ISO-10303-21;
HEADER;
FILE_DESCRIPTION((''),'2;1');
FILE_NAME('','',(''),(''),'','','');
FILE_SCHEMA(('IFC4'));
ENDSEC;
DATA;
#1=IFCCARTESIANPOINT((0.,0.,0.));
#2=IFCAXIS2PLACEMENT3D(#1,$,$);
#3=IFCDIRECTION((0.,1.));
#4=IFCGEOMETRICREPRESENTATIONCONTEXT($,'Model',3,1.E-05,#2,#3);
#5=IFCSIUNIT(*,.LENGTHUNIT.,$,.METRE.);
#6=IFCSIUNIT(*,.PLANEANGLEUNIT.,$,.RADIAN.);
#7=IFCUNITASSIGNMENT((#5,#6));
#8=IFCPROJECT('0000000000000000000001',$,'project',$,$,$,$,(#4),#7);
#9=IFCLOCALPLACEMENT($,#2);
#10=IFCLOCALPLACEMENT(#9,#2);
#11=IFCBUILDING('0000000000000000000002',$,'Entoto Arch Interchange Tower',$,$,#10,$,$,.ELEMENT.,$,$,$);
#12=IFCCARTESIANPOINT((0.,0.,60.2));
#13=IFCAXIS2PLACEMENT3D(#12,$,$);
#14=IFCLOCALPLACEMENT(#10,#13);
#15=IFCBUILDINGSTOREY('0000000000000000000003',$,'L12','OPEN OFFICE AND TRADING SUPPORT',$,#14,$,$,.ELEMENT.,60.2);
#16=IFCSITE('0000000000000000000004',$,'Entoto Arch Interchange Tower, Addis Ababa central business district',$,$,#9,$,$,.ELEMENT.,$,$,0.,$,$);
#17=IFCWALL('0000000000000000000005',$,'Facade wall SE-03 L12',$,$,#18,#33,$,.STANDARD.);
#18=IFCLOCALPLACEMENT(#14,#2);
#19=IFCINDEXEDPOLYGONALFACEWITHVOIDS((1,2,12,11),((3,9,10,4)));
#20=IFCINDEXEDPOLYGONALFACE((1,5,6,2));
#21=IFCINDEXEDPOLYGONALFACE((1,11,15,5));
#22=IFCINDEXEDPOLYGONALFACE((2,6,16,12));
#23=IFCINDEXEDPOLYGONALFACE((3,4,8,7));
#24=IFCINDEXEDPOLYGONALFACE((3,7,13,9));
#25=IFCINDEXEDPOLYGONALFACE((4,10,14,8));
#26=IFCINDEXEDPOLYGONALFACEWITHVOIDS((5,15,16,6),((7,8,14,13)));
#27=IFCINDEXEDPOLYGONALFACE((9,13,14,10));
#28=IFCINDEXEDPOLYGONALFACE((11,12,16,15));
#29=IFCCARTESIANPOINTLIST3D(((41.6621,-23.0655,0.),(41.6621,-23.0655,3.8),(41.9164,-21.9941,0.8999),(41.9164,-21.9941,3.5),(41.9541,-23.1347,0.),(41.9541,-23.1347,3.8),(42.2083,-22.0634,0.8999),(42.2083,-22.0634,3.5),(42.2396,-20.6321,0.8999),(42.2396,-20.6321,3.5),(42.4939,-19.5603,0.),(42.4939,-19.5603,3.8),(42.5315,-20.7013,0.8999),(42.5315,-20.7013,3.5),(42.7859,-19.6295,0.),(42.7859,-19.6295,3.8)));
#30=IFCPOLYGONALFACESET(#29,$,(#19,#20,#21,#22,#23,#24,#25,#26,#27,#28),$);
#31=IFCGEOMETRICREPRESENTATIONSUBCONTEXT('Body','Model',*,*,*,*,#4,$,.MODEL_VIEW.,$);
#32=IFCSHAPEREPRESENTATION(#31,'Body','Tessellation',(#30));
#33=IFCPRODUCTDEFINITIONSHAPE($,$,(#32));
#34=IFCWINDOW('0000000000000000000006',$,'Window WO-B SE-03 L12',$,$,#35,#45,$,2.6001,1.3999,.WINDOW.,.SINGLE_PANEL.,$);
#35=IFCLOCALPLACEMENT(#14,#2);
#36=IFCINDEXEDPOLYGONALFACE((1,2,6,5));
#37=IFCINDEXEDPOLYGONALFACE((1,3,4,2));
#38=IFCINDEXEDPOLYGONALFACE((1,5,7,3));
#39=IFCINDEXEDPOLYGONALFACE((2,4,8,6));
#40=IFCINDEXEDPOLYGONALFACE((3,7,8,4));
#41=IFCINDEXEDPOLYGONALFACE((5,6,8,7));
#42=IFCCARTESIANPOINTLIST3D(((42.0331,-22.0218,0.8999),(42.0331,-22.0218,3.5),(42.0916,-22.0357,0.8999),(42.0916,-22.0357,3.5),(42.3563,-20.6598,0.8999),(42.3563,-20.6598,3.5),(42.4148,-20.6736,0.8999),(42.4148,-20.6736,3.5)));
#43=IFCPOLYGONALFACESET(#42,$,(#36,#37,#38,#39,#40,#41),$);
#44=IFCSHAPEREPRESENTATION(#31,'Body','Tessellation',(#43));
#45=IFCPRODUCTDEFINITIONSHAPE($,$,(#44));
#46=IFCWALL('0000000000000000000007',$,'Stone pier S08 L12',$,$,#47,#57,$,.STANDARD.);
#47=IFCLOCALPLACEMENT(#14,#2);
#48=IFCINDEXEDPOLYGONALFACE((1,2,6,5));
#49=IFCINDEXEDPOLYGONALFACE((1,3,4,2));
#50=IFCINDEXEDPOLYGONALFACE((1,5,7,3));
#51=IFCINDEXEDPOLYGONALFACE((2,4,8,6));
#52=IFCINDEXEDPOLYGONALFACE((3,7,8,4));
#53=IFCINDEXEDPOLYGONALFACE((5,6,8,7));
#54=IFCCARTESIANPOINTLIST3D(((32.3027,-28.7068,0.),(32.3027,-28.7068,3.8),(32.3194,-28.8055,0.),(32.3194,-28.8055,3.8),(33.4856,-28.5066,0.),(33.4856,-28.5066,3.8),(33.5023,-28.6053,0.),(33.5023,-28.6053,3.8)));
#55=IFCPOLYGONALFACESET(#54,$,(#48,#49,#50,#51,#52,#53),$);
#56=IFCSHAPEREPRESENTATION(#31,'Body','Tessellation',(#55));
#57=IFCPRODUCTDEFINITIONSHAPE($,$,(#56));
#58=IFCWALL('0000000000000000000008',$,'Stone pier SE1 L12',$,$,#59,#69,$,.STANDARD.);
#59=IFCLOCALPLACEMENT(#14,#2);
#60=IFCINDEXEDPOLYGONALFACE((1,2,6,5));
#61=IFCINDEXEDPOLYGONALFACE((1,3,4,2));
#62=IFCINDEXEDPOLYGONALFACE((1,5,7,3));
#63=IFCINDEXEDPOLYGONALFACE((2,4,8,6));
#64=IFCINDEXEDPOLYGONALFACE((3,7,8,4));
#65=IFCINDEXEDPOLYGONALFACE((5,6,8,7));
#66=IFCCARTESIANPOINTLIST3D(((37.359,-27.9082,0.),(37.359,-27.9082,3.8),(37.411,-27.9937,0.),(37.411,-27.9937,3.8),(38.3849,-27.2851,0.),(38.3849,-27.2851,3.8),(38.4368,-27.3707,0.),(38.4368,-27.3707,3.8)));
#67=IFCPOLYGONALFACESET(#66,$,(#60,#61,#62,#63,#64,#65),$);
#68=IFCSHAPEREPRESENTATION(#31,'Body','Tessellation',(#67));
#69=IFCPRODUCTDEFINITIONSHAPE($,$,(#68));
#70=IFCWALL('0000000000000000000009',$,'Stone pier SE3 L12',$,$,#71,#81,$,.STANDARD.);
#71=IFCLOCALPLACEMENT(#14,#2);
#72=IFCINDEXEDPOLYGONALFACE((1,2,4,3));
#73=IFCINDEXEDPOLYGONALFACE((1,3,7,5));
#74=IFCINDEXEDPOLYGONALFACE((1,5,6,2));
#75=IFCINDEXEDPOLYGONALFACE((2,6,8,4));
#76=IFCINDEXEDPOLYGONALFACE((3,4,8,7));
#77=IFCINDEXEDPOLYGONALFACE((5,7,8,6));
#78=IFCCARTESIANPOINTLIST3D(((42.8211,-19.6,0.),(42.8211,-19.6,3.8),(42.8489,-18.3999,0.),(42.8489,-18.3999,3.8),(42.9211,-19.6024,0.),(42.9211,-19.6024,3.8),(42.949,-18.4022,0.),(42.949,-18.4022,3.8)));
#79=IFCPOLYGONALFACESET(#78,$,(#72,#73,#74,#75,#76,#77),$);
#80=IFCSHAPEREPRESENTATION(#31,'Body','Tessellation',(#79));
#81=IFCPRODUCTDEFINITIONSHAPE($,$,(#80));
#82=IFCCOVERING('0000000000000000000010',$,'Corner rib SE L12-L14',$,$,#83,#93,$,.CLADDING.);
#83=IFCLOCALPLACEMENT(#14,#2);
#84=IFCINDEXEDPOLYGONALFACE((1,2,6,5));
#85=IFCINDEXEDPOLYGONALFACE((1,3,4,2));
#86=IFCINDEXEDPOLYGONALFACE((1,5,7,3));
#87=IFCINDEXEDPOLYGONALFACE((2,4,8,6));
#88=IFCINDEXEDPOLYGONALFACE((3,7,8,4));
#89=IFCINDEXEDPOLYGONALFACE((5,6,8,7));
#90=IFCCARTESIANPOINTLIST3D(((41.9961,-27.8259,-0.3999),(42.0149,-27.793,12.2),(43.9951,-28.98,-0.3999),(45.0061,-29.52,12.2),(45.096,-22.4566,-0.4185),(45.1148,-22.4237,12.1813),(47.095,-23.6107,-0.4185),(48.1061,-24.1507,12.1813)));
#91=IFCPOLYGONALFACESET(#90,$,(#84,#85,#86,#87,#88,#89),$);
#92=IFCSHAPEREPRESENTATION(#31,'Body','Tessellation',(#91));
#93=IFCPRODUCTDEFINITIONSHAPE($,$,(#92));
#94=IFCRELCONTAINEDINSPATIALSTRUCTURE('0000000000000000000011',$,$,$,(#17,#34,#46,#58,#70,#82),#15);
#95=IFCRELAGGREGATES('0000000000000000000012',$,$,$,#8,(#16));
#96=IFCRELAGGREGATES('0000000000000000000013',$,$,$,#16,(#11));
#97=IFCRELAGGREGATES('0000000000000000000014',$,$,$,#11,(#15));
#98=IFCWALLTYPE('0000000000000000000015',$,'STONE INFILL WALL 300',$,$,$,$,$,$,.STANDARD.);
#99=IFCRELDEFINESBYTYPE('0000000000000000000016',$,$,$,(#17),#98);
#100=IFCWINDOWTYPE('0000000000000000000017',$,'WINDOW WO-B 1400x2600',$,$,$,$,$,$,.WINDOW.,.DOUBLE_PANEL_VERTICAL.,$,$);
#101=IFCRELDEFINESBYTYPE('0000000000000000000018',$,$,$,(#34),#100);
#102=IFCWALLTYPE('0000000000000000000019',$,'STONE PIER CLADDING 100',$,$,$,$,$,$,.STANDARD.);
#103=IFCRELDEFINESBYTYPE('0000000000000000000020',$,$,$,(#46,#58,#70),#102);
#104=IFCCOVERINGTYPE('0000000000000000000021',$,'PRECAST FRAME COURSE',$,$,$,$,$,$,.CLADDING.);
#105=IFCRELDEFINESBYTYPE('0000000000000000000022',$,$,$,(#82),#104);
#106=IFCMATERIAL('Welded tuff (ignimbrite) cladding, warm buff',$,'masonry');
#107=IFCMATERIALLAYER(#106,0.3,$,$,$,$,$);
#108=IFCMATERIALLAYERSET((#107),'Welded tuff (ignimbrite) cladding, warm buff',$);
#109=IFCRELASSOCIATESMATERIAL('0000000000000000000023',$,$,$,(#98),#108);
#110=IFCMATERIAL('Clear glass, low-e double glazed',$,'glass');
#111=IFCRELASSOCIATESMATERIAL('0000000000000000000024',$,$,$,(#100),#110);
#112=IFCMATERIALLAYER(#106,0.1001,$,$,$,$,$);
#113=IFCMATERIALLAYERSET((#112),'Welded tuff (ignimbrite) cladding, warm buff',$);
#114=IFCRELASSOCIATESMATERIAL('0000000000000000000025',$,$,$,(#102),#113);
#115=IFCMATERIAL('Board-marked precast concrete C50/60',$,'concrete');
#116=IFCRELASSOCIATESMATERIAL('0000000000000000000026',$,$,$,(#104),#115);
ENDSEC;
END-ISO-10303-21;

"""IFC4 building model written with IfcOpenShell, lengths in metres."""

from ifc_helpers import new_model, si_unit, direction, frame, frame_2d, origin, place, context, subcontext, project, spatial, polyline, rectangle, outline, extrude, material, layer, layer_set, type_object, element, fill, save


model = new_model("IFC4")

# Units and contexts
model_context = context("Model", 3, precision=1e-05, world=origin(), true_north=direction((0.0, 1.0)))
body_context = subcontext(model_context, "Body", "Model", "MODEL_VIEW")
ifc_project = project(units=[si_unit("LENGTHUNIT", "METRE"), si_unit("PLANEANGLEUNIT", "RADIAN")], contexts=[model_context])

# Site, building, storey
site_placement = place(None, origin())
site = spatial("IfcSite", under=ifc_project, at=site_placement, Name="Entoto Arch Interchange Tower, Addis Ababa central business district", CompositionType="ELEMENT", RefElevation=0.0)
building_placement = place(site_placement, origin())
building = spatial("IfcBuilding", under=site, at=building_placement, Name="Entoto Arch Interchange Tower", CompositionType="ELEMENT")
storey_placement = place(building_placement, frame((0.0, 0.0, 60.2)))
storey = spatial("IfcBuildingStorey", under=building, at=storey_placement, Name="L12", Description="OPEN OFFICE AND TRADING SUPPORT", CompositionType="ELEMENT", Elevation=60.2)

# Wall, opening, window
ifc_material_1 = material(Name="Welded tuff (ignimbrite) cladding, warm buff", Category="masonry")
ifc_layer_1 = layer(ifc_material_1, 0.3)
ifc_layer_set_1 = layer_set([ifc_layer_1], Name="Welded tuff (ignimbrite) cladding, warm buff")
wall_type_1 = type_object("IfcWallType", Name="STONE INFILL WALL 300", PredefinedType="STANDARD", material=ifc_layer_set_1)
ifc_material_2 = material(Name="Clear glass, low-e double glazed", Category="glass")
window_type = type_object("IfcWindowType", Name="WINDOW WO-B 1400x2600", PartitioningType="DOUBLE_PANEL_VERTICAL", PredefinedType="WINDOW", material=ifc_material_2)
wall_1_placement = place(storey_placement, frame((41.8081, -23.1001, 0.0), z_axis=(0.0, 0.0, 1.0), x_axis=(0.230894, 0.972979, 0.0)))
wall_1 = element("IfcWall", 1, at=wall_1_placement, inside=storey, type_object=wall_type_1, Name="Facade wall SE-03 L12", PredefinedType="STANDARD", context=body_context, shape_type="SweptSolid", body=[
    extrude(rectangle(XDim=3.6025, YDim=0.3, at=frame_2d((1.8013, 0.0))), origin(), (0.0, 0.0, 1.0), 3.8),
])
opening_1_placement = place(wall_1_placement, frame((1.1011, 0.0, 0.8999)))
opening_1 = element("IfcOpeningElement", 2, at=opening_1_placement, cuts=wall_1, PredefinedType="OPENING", context=body_context, shape_type="SweptSolid", body=[
    extrude(rectangle(XDim=1.3999, YDim=2.6001, at=frame_2d((0.7, 1.3))), frame((0.0, 0.1602, 0.0), z_axis=(0.0, -1.0, 0.0), x_axis=(1.0, 0.0, 0.0)), (0.0, 0.0, 1.0), 0.3201),
])
window_1_placement = place(opening_1_placement, origin())
window_1 = element("IfcWindow", 3, at=window_1_placement, inside=storey, type_object=window_type, Name="Window WO-B SE-03 L12", OverallHeight=2.6001, OverallWidth=1.3999, PartitioningType="SINGLE_PANEL", PredefinedType="WINDOW", context=body_context, shape_type="SweptSolid", body=[
    extrude(rectangle(XDim=1.3999, YDim=2.6001, at=frame_2d((0.7, 1.3))), frame((0.0, 0.03, 0.0), z_axis=(0.0, -1.0, 0.0), x_axis=(1.0, 0.0, 0.0)), (0.0, 0.0, 1.0), 0.0601),
])
fill(opening_1, window_1)

# Walls
ifc_layer_2 = layer(ifc_material_1, 0.1001)
ifc_layer_set_2 = layer_set([ifc_layer_2], Name="Welded tuff (ignimbrite) cladding, warm buff")
wall_type_2 = type_object("IfcWallType", Name="STONE PIER CLADDING 100", PredefinedType="STANDARD", material=ifc_layer_set_2)
wall_2_placement = place(storey_placement, frame((32.311, -28.7561, 0.0), z_axis=(0.0, 0.0, 1.0), x_axis=(0.985978, 0.166874, 0.0)))
element("IfcWall", 4, at=wall_2_placement, inside=storey, type_object=wall_type_2, Name="Stone pier S08 L12", PredefinedType="STANDARD", context=body_context, shape_type="SweptSolid", body=[
    extrude(rectangle(XDim=1.1997, YDim=0.1001, at=frame_2d((0.5999, 0.0))), origin(), (0.0, 0.0, 1.0), 3.8),
])
wall_3_placement = place(storey_placement, frame((37.385, -27.9509, 0.0), z_axis=(0.0, 0.0, 1.0), x_axis=(0.854717, 0.519095, 0.0)))
element("IfcWall", 5, at=wall_3_placement, inside=storey, type_object=wall_type_2, Name="Stone pier SE1 L12", PredefinedType="STANDARD", context=body_context, shape_type="SweptSolid", body=[
    extrude(rectangle(XDim=1.2002, YDim=0.1001, at=frame_2d((0.6001, 0.0))), origin(), (0.0, 0.0, 1.0), 3.8),
])
wall_4_placement = place(storey_placement, frame((42.8711, -19.6011, 0.0), z_axis=(0.0, 0.0, 1.0), x_axis=(0.023183, 0.999731, 0.0)))
element("IfcWall", 6, at=wall_4_placement, inside=storey, type_object=wall_type_2, Name="Stone pier SE3 L12", PredefinedType="STANDARD", context=body_context, shape_type="SweptSolid", body=[
    extrude(rectangle(XDim=1.2004, YDim=0.1001, at=frame_2d((0.6001, 0.0))), origin(), (0.0, 0.0, 1.0), 3.8),
])

# Covering
ifc_material_3 = material(Name="Board-marked precast concrete C50/60", Category="concrete")
covering_type = type_object("IfcCoveringType", Name="PRECAST FRAME COURSE", PredefinedType="CLADDING", material=ifc_material_3)
covering_placement = place(storey_placement, frame((41.9961, -27.8259, -0.3999), z_axis=(-0.499996, -0.866022, 0.003006), x_axis=(0.866026, -0.499999, 0.0)))
element("IfcCovering", 7, at=covering_placement, inside=storey, type_object=covering_type, Name="Corner rib SE L12-L14", PredefinedType="CLADDING", context=body_context, shape_type="SweptSolid", body=[
    extrude(outline(polyline([(0.0, 0.0), (2.3082, 0.0), (3.4538, 12.5999), (-0.0002, 12.5999), (0.0, 0.0)])), origin(), (0.0, 0.0, -1.0), 6.2),
])

save(model, "model.ifc")
